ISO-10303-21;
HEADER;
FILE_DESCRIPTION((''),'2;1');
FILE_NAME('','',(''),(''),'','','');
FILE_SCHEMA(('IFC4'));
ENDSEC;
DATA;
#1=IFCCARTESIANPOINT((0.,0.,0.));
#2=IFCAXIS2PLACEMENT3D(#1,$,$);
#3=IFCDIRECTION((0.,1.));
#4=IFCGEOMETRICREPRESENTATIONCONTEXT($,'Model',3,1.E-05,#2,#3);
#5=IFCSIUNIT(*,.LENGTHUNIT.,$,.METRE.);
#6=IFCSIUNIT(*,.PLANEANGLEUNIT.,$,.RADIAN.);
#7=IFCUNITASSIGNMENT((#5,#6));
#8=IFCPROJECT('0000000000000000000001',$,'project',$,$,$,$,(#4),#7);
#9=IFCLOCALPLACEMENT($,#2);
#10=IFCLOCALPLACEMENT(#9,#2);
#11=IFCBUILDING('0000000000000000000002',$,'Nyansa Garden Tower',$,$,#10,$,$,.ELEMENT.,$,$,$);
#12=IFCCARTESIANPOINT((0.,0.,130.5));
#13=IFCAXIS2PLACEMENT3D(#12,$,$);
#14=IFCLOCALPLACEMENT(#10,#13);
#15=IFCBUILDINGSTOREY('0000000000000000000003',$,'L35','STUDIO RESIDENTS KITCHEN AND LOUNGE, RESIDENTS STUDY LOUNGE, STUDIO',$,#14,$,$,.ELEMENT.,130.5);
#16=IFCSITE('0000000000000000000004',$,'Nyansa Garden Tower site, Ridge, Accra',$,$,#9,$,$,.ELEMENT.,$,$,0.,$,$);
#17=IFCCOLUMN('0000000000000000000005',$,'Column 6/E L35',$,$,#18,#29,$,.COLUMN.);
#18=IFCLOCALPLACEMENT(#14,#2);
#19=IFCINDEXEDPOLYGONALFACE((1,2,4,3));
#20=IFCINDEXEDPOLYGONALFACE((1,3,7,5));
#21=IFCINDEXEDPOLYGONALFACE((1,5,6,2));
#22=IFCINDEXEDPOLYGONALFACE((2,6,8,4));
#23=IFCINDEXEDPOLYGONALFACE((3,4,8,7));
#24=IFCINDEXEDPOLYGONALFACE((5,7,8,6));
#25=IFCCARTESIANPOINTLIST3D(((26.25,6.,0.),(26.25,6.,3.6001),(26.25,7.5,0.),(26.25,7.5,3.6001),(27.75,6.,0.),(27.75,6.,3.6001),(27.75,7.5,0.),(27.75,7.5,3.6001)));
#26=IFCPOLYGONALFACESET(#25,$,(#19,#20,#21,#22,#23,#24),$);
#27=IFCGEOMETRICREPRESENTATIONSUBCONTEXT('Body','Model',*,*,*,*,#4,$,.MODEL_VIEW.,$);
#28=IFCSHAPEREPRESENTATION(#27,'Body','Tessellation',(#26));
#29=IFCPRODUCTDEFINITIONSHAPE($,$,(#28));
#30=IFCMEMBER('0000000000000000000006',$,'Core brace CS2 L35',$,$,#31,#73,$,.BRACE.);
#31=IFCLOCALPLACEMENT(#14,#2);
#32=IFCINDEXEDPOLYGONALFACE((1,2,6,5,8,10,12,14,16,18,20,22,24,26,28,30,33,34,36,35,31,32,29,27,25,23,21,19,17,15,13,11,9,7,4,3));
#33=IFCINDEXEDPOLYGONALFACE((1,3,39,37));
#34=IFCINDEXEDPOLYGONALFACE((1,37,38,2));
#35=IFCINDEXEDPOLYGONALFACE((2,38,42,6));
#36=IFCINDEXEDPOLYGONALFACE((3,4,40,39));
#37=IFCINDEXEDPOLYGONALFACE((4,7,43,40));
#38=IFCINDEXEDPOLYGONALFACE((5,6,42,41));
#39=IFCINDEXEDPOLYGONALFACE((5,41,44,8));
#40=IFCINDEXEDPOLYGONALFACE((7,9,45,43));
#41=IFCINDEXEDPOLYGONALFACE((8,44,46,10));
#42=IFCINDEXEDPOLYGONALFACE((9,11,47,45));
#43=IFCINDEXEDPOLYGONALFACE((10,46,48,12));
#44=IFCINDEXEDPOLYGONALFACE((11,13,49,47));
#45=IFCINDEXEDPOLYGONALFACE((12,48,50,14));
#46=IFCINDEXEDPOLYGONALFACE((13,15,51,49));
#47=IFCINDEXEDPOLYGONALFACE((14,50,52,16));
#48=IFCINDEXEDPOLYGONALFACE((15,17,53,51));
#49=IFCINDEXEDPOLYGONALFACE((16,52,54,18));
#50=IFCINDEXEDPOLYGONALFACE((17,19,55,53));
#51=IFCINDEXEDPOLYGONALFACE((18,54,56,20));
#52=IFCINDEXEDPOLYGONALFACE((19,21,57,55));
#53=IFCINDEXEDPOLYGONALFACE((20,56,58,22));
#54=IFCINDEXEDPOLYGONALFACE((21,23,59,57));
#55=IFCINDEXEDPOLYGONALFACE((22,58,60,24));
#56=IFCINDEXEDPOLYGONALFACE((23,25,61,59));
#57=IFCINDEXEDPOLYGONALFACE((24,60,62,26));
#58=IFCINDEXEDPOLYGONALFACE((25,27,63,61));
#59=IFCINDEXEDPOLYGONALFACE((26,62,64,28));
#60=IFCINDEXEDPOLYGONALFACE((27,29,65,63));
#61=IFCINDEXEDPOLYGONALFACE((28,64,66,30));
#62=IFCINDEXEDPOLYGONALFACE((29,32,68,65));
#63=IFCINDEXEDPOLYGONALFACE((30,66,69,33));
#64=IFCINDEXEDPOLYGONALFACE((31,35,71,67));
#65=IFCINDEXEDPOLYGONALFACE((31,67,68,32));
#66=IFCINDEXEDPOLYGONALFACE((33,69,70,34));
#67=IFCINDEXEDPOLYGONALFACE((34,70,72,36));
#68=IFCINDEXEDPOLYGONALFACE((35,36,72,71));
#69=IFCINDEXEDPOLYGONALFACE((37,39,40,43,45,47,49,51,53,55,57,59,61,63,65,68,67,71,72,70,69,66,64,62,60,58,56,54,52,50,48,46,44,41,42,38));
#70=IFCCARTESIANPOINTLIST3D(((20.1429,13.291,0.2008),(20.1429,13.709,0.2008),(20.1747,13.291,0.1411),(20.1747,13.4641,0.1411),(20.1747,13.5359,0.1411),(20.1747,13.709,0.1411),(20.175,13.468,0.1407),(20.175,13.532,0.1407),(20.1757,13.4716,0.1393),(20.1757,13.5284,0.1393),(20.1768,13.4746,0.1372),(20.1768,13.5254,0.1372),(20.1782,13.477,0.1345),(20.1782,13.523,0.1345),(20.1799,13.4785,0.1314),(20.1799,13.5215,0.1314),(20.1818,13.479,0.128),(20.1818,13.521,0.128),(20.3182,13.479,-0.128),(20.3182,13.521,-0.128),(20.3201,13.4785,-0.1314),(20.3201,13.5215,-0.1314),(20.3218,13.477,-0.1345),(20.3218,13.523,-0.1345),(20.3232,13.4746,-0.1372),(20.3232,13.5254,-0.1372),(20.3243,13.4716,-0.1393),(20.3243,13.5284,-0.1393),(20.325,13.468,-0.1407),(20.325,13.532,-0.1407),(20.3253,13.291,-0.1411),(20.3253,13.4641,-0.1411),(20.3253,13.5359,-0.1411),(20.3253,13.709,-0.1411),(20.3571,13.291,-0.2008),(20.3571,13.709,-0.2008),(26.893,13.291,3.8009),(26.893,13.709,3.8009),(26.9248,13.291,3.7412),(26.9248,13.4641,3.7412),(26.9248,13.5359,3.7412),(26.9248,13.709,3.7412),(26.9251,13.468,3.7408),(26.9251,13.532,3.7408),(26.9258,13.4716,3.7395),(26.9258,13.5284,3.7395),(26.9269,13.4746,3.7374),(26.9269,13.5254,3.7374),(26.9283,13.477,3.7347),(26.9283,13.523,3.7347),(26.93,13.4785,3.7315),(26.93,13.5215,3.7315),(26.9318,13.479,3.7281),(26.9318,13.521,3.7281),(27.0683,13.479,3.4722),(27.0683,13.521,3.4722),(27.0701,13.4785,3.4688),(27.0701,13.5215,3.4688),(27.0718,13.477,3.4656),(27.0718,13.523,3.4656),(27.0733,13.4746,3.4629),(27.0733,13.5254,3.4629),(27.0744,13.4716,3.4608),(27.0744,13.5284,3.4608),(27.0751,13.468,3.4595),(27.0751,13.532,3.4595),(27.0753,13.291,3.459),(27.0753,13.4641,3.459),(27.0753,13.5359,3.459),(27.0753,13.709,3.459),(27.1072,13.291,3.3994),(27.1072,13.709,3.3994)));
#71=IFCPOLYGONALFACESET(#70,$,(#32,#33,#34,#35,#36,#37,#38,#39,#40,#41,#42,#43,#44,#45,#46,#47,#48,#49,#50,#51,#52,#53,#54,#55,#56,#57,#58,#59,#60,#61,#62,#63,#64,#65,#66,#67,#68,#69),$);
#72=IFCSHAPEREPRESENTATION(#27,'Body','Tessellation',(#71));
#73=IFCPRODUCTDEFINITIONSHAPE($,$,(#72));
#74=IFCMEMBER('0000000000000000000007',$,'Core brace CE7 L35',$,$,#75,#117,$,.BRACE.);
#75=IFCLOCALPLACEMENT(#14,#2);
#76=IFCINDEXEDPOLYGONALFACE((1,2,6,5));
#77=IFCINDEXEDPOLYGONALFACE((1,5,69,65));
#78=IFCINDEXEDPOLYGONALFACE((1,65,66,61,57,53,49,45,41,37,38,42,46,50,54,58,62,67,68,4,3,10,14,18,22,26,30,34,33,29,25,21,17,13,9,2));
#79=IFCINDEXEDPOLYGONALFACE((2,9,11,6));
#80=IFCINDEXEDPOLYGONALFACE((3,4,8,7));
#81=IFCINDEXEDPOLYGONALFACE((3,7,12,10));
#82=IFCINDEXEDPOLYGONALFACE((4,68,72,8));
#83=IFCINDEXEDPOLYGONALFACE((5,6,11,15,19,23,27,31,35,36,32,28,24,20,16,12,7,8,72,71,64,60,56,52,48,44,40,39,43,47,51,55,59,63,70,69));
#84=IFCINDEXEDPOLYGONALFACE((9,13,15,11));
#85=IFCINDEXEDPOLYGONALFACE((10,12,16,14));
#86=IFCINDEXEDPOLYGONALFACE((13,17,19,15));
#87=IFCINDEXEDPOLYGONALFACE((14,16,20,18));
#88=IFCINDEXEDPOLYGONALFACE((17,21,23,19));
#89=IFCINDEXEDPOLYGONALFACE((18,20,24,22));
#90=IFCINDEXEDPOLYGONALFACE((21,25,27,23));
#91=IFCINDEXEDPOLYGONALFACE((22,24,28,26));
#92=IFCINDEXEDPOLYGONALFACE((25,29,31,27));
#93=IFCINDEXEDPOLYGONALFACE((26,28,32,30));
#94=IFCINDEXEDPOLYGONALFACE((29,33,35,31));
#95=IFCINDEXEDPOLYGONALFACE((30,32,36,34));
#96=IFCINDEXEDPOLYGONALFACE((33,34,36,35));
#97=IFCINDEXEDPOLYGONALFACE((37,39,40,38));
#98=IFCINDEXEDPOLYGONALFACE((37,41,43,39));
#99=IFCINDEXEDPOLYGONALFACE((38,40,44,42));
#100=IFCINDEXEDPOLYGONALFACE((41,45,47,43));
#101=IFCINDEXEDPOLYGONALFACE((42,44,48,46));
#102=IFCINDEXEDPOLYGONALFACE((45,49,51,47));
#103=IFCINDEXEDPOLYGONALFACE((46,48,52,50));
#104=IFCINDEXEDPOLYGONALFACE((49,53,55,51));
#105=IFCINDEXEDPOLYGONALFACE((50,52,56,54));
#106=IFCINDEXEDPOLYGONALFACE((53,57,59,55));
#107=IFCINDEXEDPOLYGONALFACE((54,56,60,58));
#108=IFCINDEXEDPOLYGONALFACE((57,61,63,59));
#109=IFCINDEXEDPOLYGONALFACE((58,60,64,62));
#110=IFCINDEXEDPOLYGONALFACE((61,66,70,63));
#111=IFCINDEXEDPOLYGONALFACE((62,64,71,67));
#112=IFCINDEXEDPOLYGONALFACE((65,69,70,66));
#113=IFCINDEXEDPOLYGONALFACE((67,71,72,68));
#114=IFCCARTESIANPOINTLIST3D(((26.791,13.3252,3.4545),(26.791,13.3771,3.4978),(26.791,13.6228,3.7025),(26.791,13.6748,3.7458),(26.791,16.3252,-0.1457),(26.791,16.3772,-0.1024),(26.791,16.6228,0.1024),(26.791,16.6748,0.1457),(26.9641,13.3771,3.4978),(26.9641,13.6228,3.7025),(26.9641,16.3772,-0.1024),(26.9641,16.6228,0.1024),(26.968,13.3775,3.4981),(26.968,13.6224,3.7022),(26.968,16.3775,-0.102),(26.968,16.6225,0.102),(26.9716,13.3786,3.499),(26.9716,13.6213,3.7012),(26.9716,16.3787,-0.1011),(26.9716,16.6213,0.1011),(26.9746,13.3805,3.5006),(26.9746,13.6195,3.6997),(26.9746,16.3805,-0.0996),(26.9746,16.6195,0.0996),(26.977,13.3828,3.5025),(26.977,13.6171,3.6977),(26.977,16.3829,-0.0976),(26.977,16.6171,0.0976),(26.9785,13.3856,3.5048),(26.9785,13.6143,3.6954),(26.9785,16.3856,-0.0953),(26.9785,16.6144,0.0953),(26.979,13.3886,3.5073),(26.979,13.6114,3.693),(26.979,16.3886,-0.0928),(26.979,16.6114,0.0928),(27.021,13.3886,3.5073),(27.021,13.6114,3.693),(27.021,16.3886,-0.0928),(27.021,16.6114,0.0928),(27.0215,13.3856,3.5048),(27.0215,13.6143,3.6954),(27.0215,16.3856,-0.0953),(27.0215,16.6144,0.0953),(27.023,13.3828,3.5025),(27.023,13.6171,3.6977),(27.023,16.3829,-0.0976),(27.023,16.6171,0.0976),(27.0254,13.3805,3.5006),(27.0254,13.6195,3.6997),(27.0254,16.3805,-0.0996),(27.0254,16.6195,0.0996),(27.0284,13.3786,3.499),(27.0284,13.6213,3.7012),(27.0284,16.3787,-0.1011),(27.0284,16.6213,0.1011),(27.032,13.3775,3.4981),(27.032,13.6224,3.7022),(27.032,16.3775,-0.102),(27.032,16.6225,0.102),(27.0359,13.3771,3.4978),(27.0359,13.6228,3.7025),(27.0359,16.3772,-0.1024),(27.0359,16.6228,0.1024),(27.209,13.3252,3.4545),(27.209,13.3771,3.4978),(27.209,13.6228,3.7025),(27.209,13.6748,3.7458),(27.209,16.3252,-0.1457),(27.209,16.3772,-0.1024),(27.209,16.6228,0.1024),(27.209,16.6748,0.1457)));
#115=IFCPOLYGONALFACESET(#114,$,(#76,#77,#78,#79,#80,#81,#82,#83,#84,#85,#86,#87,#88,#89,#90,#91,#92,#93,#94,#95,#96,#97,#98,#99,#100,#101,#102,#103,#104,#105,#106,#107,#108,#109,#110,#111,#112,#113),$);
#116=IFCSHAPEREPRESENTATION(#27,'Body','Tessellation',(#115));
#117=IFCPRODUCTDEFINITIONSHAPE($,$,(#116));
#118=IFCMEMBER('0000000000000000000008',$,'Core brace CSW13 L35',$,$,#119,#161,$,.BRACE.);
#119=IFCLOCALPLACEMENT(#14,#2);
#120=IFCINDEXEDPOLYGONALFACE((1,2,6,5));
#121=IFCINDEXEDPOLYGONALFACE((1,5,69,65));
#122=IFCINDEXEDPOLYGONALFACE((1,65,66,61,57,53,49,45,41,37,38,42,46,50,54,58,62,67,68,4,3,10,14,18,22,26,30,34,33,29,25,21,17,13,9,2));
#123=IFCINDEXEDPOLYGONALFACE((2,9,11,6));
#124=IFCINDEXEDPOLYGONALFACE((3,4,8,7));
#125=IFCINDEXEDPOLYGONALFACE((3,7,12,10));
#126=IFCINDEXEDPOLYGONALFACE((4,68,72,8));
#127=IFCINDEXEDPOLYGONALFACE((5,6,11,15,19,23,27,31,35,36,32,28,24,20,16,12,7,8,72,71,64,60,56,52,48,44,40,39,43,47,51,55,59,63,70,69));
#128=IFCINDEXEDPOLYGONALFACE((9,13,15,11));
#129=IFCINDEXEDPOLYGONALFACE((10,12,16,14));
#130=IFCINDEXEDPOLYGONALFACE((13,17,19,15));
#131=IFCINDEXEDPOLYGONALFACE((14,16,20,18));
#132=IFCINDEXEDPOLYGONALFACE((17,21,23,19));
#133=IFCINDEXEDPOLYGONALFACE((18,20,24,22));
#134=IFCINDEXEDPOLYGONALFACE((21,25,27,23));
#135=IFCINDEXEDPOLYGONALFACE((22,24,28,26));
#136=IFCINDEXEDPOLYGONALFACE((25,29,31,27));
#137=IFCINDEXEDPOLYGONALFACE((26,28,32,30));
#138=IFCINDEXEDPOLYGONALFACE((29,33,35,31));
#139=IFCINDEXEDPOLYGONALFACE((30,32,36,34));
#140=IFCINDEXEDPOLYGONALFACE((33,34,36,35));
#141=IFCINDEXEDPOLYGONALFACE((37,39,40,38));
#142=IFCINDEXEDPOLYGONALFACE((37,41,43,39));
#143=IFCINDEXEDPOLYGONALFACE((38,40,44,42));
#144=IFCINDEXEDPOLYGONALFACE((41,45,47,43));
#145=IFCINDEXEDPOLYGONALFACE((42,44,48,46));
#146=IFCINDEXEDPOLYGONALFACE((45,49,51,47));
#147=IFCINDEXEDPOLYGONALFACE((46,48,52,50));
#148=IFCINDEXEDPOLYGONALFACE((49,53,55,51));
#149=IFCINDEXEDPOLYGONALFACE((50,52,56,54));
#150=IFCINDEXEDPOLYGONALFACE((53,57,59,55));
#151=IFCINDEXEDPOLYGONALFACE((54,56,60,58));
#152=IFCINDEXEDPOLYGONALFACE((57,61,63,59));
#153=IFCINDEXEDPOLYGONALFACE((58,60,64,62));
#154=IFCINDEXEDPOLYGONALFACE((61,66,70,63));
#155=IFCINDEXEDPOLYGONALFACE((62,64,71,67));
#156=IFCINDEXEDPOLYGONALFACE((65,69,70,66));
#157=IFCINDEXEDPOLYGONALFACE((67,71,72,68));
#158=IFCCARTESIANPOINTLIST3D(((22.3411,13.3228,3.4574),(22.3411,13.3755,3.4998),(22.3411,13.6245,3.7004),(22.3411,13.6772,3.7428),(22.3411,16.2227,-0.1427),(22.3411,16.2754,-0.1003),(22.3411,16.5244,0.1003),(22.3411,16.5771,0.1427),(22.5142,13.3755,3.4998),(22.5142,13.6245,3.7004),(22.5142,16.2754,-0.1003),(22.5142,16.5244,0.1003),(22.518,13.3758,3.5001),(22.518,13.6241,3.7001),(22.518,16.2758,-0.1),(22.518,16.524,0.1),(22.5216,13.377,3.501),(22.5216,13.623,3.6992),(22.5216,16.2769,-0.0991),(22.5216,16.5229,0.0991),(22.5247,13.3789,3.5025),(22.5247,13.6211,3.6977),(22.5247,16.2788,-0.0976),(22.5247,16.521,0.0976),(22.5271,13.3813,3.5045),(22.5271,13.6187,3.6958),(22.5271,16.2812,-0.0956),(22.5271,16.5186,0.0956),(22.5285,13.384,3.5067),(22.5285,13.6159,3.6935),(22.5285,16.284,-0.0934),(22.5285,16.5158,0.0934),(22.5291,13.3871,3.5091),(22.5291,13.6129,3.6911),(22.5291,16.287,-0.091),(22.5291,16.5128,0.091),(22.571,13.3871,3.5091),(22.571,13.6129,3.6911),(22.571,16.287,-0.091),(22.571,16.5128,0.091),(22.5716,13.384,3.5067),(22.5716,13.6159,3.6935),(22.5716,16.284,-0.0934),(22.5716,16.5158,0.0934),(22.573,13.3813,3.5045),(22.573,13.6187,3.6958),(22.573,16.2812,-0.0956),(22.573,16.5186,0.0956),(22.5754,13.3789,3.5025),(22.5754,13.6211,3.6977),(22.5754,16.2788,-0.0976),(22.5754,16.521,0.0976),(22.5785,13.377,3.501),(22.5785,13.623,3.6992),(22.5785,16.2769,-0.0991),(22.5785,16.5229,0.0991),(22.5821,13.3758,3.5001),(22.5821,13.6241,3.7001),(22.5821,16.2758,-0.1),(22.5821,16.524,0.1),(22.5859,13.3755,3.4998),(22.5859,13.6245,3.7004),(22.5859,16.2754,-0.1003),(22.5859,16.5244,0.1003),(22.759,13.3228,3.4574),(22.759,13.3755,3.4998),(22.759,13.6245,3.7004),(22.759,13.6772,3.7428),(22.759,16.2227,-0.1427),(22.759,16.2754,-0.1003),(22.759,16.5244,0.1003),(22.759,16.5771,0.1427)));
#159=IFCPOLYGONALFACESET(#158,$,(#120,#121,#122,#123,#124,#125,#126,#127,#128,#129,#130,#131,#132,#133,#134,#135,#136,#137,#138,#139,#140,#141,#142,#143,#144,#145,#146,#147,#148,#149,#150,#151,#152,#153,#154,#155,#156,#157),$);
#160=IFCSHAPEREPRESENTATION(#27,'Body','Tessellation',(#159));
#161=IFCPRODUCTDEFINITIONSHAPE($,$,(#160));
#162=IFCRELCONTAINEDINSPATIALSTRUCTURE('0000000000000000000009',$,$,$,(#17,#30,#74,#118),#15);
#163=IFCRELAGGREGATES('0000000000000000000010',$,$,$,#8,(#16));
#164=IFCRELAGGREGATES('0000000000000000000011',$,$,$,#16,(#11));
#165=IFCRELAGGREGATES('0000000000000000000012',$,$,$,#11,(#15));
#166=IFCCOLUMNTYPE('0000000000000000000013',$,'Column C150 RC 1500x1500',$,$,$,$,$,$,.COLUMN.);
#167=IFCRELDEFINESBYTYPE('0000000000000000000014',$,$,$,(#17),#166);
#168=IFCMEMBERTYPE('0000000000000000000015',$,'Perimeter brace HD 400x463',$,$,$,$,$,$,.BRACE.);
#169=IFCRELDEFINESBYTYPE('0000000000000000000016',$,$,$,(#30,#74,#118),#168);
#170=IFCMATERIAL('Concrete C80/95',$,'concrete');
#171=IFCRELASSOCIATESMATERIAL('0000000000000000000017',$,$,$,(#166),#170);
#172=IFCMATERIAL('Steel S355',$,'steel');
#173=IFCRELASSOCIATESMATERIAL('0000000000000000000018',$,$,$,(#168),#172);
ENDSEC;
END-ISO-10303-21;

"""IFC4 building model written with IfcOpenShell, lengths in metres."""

from ifc_helpers import new_model, si_unit, direction, frame, origin, origin_2d, place, context, subcontext, project, spatial, rectangle, i_section, extrude, material, material_profile, profile_set, type_object, element, save


model = new_model("IFC4")

# Units and contexts
model_context = context("Model", 3, precision=1e-05, world=origin(), true_north=direction((0.0, 1.0)))
body_context = subcontext(model_context, "Body", "Model", "MODEL_VIEW")
ifc_project = project(units=[si_unit("LENGTHUNIT", "METRE"), si_unit("PLANEANGLEUNIT", "RADIAN")], contexts=[model_context])

# Site, building, storey
site_placement = place(None, origin())
site = spatial("IfcSite", under=ifc_project, at=site_placement, Name="Nyansa Garden Tower site, Ridge, Accra", CompositionType="ELEMENT", RefElevation=0.0)
building_placement = place(site_placement, origin())
building = spatial("IfcBuilding", under=site, at=building_placement, Name="Nyansa Garden Tower", CompositionType="ELEMENT")
storey_placement = place(building_placement, frame((0.0, 0.0, 130.5)))
storey = spatial("IfcBuildingStorey", under=building, at=storey_placement, Name="L35", Description="STUDIO RESIDENTS KITCHEN AND LOUNGE, RESIDENTS STUDY LOUNGE, STUDIO", CompositionType="ELEMENT", Elevation=130.5)

# Column
ifc_material_1 = material(Name="Concrete C80/95", Category="concrete")
ifc_material_profile_1 = material_profile(ifc_material_1, rectangle(XDim=1.5, YDim=1.5, at=origin_2d()), Name="RC 1500x1500")
ifc_profile_set_1 = profile_set([ifc_material_profile_1], Name="Concrete C80/95")
column_type = type_object("IfcColumnType", Name="Column C150 RC 1500x1500", PredefinedType="COLUMN", material=ifc_profile_set_1)
column_placement = place(storey_placement, frame((27.0, 6.75, 0.0), z_axis=(0.0, 0.0, 1.0), x_axis=(1.0, 0.0, 0.0)))
element("IfcColumn", 1, at=column_placement, inside=storey, type_object=column_type, Name="Column 6/E L35", PredefinedType="COLUMN", context=body_context, shape_type="SweptSolid", body=[
    extrude(rectangle(XDim=1.5, YDim=1.5, at=origin_2d()), origin(), (0.0, 0.0, 1.0), 3.6001),
])

# Members
ifc_material_2 = material(Name="Steel S355", Category="steel")
ifc_material_profile_2 = material_profile(ifc_material_2, i_section(OverallWidth=0.418, OverallDepth=0.4551, WebThickness=0.042, FlangeThickness=0.0676, FilletRadius=0.0149, at=origin_2d()), Name="HD 400x463")
ifc_profile_set_2 = profile_set([ifc_material_profile_2], Name="Steel S355")
member_type = type_object("IfcMemberType", Name="Perimeter brace HD 400x463", PredefinedType="BRACE", material=ifc_profile_set_2)
member_1_placement = place(storey_placement, frame((20.25, 13.5, 0.0), z_axis=(0.882348, 0.0, 0.470598), x_axis=(0.0, 1.0, 0.0)))
element("IfcMember", 2, at=member_1_placement, inside=storey, type_object=member_type, Name="Core brace CS2 L35", PredefinedType="BRACE", context=body_context, shape_type="SweptSolid", body=[
    extrude(i_section(OverallWidth=0.418, OverallDepth=0.4551, WebThickness=0.042, FlangeThickness=0.0676, FilletRadius=0.0149, at=origin_2d()), origin(), (0.0, 0.0, 1.0), 7.6501),
])
member_2_placement = place(storey_placement, frame((27.0, 16.5, 0.0), z_axis=(0.0, -0.640174, 0.76823), x_axis=(1.0, 0.0, 0.0)))
element("IfcMember", 3, at=member_2_placement, inside=storey, type_object=member_type, Name="Core brace CE7 L35", PredefinedType="BRACE", context=body_context, shape_type="SweptSolid", body=[
    extrude(i_section(OverallWidth=0.418, OverallDepth=0.4551, WebThickness=0.042, FlangeThickness=0.0676, FilletRadius=0.0149, at=origin_2d()), origin(), (0.0, 0.0, 1.0), 4.6863),
])
member_3_placement = place(storey_placement, frame((22.55, 16.3999, 0.0), z_axis=(0.0, -0.627306, 0.778773), x_axis=(1.0, 0.0, 0.0)))
element("IfcMember", 4, at=member_3_placement, inside=storey, type_object=member_type, Name="Core brace CSW13 L35", PredefinedType="BRACE", context=body_context, shape_type="SweptSolid", body=[
    extrude(i_section(OverallWidth=0.418, OverallDepth=0.4551, WebThickness=0.042, FlangeThickness=0.0676, FilletRadius=0.0149, at=origin_2d()), origin(), (0.0, 0.0, 1.0), 4.6228),
])

save(model, "model.ifc")
